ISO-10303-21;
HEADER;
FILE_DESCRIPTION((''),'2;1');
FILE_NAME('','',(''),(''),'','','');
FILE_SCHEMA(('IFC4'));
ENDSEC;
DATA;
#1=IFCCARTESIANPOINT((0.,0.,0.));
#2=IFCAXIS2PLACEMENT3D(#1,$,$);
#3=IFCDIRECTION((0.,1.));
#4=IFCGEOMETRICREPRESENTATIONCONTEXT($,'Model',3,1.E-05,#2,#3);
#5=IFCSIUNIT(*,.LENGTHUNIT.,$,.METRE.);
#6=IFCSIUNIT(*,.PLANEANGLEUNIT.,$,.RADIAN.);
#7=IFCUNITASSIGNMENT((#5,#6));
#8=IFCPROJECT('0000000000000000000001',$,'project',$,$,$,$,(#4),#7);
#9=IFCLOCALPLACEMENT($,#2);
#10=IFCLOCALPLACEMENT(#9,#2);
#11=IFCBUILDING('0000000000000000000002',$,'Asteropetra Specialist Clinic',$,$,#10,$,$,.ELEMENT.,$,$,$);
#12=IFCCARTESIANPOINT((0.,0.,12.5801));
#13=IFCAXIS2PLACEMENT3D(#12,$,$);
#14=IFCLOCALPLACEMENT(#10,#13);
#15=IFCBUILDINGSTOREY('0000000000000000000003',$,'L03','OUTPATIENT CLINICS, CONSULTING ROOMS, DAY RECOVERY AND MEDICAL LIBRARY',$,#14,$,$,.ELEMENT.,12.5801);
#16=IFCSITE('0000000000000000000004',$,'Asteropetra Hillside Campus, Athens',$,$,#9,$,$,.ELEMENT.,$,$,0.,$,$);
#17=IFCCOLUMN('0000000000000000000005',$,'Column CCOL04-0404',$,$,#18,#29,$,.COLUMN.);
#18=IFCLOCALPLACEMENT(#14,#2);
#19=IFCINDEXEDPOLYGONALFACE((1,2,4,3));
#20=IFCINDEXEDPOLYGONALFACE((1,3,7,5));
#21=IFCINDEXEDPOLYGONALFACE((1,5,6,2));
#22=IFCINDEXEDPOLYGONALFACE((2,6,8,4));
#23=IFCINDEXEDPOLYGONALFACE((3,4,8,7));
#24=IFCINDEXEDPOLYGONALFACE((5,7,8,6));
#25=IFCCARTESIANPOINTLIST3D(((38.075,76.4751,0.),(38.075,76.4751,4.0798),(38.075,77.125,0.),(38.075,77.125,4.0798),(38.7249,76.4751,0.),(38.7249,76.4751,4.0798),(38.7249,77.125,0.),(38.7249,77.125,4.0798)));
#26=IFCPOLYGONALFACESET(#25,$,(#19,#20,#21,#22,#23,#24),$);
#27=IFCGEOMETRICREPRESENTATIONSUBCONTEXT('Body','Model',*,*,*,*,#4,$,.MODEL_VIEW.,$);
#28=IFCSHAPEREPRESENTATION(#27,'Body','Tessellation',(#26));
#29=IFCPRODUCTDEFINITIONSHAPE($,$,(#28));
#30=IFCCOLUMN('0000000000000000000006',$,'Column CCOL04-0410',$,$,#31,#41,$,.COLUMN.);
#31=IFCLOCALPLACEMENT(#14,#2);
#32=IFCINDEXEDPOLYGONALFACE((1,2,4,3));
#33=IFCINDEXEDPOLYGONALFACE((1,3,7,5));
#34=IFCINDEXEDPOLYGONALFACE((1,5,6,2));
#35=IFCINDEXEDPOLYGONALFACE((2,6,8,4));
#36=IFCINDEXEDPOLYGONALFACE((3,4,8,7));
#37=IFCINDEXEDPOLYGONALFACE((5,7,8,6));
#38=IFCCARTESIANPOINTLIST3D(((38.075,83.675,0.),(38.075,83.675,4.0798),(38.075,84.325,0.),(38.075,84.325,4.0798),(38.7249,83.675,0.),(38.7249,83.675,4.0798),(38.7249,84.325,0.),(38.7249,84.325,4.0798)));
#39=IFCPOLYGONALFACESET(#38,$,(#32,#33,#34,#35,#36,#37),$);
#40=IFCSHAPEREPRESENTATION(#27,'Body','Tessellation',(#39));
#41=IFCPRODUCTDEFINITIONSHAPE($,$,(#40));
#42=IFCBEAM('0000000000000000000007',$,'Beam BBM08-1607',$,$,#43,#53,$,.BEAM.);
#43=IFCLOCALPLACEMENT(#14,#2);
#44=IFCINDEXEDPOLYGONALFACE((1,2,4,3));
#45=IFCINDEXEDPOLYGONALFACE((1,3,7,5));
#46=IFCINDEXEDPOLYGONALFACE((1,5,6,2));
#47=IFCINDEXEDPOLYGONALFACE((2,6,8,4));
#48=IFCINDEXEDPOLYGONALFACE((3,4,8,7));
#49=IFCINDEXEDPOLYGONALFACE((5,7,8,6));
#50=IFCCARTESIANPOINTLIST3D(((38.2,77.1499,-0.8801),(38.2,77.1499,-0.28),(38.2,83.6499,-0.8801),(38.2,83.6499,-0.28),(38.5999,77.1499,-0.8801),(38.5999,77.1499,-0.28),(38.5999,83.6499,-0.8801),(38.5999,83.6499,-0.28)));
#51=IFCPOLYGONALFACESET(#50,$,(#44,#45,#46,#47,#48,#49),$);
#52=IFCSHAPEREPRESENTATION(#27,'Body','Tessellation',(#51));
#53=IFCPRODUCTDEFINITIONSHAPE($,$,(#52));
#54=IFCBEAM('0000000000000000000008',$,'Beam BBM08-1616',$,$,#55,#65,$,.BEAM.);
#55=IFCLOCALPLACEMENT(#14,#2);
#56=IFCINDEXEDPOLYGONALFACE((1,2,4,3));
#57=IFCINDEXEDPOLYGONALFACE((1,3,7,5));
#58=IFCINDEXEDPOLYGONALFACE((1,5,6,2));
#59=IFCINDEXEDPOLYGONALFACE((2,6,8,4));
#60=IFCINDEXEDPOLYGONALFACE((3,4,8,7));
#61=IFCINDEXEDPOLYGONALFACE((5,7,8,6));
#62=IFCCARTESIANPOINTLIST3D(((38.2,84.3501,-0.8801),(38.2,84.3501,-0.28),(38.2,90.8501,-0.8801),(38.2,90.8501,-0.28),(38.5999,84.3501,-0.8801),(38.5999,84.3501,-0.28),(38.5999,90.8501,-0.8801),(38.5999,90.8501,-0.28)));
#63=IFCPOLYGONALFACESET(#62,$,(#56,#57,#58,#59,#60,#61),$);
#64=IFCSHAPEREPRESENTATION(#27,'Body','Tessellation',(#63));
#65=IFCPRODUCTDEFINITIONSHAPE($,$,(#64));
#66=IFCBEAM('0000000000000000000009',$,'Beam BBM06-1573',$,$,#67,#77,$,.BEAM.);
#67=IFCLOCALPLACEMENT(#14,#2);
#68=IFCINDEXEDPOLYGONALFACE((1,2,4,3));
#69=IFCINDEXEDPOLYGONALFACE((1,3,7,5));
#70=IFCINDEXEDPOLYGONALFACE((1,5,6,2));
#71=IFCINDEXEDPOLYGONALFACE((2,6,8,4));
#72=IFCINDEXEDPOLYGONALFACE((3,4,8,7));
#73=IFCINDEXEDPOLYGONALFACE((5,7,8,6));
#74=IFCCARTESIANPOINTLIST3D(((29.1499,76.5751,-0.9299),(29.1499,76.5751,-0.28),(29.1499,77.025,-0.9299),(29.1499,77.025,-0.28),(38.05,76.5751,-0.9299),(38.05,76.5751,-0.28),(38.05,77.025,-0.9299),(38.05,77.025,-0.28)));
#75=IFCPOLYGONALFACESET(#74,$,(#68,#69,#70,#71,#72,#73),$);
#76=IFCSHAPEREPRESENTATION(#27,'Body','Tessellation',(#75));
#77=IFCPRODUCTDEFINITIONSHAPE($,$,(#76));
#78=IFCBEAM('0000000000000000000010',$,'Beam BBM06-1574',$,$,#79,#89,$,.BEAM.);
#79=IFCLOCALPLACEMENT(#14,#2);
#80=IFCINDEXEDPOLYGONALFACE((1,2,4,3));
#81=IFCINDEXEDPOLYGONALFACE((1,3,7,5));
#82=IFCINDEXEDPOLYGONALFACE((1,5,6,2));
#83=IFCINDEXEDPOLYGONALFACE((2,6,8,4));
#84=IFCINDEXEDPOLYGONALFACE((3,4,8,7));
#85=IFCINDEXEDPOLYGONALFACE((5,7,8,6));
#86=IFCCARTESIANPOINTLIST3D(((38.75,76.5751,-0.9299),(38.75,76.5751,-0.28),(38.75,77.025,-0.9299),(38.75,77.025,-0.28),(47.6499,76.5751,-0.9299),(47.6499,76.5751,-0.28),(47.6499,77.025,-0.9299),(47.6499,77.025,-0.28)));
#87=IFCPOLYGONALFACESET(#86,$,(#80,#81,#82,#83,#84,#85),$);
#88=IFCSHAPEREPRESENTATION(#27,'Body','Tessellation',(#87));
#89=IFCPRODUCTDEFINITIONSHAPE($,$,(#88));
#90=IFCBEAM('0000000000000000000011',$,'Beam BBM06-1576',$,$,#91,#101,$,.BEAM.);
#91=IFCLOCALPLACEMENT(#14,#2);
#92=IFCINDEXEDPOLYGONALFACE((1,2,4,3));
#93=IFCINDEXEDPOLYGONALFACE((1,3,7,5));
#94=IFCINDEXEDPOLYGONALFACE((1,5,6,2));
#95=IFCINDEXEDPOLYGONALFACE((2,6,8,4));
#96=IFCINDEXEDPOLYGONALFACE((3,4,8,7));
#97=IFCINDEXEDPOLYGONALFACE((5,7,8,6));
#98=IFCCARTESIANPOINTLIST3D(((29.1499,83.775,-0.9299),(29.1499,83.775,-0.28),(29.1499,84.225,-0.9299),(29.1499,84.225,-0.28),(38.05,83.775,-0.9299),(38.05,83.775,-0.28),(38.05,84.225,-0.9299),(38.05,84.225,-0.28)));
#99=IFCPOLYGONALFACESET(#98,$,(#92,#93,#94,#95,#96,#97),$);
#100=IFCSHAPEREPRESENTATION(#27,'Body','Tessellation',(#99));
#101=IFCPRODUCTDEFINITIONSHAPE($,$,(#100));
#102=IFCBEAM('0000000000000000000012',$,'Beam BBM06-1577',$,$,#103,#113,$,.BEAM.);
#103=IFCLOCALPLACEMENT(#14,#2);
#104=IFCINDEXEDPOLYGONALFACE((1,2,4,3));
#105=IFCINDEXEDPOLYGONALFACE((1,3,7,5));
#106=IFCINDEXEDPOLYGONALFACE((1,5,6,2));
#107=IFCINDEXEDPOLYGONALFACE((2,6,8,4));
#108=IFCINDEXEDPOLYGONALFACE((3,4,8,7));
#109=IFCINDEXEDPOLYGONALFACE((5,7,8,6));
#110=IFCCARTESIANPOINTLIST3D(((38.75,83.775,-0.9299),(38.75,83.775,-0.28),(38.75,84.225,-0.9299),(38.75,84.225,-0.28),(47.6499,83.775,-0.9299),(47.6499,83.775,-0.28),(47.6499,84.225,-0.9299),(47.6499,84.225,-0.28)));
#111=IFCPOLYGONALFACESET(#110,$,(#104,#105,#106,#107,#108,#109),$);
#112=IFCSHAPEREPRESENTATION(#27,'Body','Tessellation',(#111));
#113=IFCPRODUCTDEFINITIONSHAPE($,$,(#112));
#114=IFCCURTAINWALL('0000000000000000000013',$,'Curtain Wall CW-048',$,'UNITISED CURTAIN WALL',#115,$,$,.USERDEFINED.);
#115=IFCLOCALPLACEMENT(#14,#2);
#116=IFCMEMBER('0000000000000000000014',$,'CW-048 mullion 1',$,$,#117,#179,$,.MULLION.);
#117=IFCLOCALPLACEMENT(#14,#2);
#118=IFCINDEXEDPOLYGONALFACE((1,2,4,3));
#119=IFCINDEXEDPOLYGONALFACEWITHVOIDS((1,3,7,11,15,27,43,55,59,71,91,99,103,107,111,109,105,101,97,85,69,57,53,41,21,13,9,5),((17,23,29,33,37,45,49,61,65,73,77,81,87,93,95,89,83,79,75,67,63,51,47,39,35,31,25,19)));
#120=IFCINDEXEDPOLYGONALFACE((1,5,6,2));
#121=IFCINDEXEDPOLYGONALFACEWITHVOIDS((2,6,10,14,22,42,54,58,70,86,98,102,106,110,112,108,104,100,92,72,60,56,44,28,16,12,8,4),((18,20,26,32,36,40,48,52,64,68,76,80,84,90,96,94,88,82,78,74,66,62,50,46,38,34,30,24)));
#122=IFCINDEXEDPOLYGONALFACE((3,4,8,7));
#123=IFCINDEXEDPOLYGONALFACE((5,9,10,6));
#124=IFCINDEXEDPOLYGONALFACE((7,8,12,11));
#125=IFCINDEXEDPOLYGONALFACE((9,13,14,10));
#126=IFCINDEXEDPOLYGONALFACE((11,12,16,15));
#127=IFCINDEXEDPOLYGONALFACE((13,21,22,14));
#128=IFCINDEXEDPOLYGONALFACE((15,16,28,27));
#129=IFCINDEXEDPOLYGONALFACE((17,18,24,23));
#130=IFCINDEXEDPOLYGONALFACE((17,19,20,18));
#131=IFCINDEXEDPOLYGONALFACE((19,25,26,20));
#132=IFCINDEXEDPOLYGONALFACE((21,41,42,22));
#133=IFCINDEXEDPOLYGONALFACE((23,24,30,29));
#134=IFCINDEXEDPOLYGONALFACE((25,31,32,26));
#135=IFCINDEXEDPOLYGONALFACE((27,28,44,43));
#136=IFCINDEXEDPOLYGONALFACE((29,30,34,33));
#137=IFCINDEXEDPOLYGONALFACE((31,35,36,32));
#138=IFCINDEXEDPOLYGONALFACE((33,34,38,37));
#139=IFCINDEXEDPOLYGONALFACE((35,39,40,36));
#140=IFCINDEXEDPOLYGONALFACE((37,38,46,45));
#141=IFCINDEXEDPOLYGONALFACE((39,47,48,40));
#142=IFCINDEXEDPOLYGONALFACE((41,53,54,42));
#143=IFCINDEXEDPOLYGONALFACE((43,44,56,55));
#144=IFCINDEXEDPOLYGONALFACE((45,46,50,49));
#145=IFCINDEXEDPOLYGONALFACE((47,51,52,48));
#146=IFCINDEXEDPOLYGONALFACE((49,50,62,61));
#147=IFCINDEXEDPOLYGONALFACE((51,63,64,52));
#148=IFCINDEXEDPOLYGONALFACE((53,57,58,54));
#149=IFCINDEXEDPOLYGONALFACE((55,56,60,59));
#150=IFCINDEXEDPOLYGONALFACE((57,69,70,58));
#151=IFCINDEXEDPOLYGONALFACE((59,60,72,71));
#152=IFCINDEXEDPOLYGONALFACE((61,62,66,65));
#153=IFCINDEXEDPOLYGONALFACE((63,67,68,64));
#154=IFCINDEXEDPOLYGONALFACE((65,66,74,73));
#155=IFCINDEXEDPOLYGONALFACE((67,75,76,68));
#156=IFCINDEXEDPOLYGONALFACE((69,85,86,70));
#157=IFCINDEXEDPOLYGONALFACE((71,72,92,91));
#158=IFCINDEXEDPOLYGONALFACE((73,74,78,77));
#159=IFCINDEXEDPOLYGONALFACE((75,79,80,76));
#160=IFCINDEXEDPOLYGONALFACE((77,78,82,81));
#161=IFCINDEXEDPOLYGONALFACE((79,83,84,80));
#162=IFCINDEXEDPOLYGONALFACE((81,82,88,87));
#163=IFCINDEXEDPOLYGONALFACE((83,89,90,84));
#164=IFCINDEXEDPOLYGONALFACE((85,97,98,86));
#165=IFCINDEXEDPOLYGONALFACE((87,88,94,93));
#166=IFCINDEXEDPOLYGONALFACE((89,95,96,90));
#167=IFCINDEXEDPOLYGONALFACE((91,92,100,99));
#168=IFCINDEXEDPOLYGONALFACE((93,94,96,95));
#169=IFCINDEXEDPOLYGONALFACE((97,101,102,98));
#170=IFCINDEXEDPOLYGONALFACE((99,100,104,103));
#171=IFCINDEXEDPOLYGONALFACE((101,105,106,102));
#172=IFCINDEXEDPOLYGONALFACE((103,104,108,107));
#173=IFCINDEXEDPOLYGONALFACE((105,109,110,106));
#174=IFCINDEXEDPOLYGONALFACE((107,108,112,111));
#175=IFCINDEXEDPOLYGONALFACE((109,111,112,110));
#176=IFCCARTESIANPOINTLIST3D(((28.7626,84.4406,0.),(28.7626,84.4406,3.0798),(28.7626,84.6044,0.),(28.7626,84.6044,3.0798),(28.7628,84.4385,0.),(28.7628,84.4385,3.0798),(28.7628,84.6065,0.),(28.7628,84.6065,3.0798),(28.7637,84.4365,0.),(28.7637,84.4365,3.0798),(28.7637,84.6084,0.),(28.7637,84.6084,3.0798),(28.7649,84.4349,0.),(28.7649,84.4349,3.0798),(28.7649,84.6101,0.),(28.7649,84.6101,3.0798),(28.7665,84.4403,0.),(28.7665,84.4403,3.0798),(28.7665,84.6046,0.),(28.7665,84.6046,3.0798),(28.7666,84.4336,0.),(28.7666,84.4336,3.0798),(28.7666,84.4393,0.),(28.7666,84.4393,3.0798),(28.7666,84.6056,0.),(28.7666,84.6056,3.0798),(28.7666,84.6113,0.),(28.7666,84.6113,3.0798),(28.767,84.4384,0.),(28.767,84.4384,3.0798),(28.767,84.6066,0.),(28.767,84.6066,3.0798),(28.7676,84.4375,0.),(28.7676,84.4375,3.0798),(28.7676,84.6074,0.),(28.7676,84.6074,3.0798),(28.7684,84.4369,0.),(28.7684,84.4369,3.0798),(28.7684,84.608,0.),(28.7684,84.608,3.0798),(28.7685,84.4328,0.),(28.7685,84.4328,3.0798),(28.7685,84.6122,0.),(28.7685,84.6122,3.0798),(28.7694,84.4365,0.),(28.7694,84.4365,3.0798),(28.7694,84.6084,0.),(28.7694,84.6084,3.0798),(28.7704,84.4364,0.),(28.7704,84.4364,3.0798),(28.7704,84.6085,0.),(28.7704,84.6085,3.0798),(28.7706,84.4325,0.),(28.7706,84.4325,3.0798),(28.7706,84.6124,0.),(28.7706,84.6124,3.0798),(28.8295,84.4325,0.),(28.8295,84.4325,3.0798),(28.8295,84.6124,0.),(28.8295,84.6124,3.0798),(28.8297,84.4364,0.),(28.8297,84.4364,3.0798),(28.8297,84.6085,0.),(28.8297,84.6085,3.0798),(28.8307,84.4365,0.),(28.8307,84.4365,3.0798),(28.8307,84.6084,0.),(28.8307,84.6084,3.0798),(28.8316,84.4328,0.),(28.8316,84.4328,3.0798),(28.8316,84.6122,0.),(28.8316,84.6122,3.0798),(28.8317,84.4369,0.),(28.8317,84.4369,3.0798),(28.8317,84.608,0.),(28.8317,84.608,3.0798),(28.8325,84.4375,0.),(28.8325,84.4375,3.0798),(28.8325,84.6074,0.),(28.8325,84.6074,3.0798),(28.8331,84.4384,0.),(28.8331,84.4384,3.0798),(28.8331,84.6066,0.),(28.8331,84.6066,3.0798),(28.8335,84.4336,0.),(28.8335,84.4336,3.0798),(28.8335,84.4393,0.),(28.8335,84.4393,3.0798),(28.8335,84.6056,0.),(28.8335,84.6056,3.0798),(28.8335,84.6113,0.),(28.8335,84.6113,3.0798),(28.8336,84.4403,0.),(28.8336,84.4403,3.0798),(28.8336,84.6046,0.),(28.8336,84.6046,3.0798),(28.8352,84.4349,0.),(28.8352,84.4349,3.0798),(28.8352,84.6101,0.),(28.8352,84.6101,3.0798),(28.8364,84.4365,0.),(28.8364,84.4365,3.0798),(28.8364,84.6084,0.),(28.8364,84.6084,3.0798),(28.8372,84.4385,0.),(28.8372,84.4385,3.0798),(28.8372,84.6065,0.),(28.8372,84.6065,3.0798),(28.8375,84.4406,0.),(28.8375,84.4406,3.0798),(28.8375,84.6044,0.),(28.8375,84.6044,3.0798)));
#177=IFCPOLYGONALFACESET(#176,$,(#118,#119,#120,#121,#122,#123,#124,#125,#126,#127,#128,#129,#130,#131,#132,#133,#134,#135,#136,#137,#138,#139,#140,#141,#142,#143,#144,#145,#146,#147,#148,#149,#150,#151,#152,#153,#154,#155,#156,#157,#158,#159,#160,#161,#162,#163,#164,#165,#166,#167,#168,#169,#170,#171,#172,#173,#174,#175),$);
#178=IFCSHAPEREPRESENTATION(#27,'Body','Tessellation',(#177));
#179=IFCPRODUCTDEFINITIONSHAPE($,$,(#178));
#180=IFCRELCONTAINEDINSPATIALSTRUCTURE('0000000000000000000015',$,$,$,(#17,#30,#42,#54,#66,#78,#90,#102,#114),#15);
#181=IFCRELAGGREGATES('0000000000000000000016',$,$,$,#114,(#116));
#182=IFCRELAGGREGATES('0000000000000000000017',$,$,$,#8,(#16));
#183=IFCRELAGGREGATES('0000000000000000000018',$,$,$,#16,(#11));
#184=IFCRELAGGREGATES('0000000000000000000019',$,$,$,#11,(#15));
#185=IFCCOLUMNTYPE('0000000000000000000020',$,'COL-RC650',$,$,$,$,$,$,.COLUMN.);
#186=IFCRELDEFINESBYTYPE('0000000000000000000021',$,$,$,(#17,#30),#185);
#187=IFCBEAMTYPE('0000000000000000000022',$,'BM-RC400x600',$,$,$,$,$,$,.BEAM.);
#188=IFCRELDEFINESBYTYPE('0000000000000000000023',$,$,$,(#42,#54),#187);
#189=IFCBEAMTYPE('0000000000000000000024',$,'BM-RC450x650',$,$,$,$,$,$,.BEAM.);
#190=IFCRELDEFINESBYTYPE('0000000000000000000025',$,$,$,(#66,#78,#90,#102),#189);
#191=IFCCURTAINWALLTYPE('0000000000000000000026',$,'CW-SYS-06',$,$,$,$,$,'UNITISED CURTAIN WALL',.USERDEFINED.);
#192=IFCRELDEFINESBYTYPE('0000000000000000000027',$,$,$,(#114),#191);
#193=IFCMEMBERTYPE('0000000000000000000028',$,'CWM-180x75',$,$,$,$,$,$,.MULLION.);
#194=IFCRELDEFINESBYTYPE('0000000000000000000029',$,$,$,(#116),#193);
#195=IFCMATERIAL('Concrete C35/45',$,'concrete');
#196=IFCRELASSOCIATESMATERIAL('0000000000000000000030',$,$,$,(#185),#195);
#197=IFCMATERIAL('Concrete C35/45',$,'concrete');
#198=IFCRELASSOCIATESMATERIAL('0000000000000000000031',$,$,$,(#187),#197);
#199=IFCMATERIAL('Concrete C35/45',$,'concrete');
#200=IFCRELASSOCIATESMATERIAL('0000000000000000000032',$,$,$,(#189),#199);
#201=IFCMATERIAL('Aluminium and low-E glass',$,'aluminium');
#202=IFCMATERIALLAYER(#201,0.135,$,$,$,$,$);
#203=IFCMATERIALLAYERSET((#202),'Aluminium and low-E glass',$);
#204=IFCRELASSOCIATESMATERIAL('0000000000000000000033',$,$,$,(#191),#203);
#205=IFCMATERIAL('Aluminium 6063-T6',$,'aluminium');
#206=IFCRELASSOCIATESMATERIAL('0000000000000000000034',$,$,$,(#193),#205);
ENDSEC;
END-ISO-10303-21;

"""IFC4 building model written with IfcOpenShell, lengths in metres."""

from ifc_helpers import new_model, si_unit, direction, frame, origin, origin_2d, place, context, subcontext, project, spatial, rectangle, hollow_rectangle, extrude, material, layer, layer_set, material_profile, profile_set, type_object, element, aggregate, save


model = new_model("IFC4")

# Units and contexts
model_context = context("Model", 3, precision=1e-05, world=origin(), true_north=direction((0.0, 1.0)))
body_context = subcontext(model_context, "Body", "Model", "MODEL_VIEW")
ifc_project = project(units=[si_unit("LENGTHUNIT", "METRE"), si_unit("PLANEANGLEUNIT", "RADIAN")], contexts=[model_context])

# Site, building, storey
site_placement = place(None, origin())
site = spatial("IfcSite", under=ifc_project, at=site_placement, Name="Asteropetra Hillside Campus, Athens", CompositionType="ELEMENT", RefElevation=0.0)
building_placement = place(site_placement, origin())
building = spatial("IfcBuilding", under=site, at=building_placement, Name="Asteropetra Specialist Clinic", CompositionType="ELEMENT")
storey_placement = place(building_placement, frame((0.0, 0.0, 12.5801)))
storey = spatial("IfcBuildingStorey", under=building, at=storey_placement, Name="L03", Description="OUTPATIENT CLINICS, CONSULTING ROOMS, DAY RECOVERY AND MEDICAL LIBRARY", CompositionType="ELEMENT", Elevation=12.5801)

# Columns
ifc_material_1 = material(Name="Concrete C35/45", Category="concrete")
ifc_material_profile_1 = material_profile(ifc_material_1, rectangle(XDim=0.6499, YDim=0.6499, at=origin_2d()), Name="RC 650x650")
ifc_profile_set_1 = profile_set([ifc_material_profile_1], Name="Concrete C35/45")
column_type = type_object("IfcColumnType", Name="COL-RC650", PredefinedType="COLUMN", material=ifc_profile_set_1)
for number, where, z_axis, x_axis, name in (
    (1, (38.3999, 76.8, 0.0), (0.0, 0.0, 1.0), (1.0, 0.0, 0.0), "Column CCOL04-0404"),
    (2, (38.3999, 84.0, 0.0), (0.0, 0.0, 1.0), (1.0, 0.0, 0.0), "Column CCOL04-0410"),
):
    element("IfcColumn", number, at=place(storey_placement, frame(where, z_axis=z_axis, x_axis=x_axis)), inside=storey, type_object=column_type, Name=name, PredefinedType="COLUMN", context=body_context, shape_type="SweptSolid", body=[
        extrude(rectangle(XDim=0.6499, YDim=0.6499, at=origin_2d()), origin(), (0.0, 0.0, 1.0), 4.0798),
    ])

# Beams
ifc_material_2 = material(Name="Concrete C35/45", Category="concrete")
ifc_material_profile_2 = material_profile(ifc_material_2, rectangle(XDim=0.3999, YDim=0.6001, at=origin_2d()), Name="RCB 400x600")
ifc_profile_set_2 = profile_set([ifc_material_profile_2], Name="Concrete C35/45")
beam_type_1 = type_object("IfcBeamType", Name="BM-RC400x600", PredefinedType="BEAM", material=ifc_profile_set_2)
for number, where, z_axis, x_axis, name in (
    (3, (38.3999, 77.1499, -0.5801), (0.0, 1.0, 0.0), (-1.0, 0.0, 0.0), "Beam BBM08-1607"),
    (4, (38.3999, 84.3501, -0.5801), (0.0, 1.0, 0.0), (-1.0, 0.0, 0.0), "Beam BBM08-1616"),
):
    element("IfcBeam", number, at=place(storey_placement, frame(where, z_axis=z_axis, x_axis=x_axis)), inside=storey, type_object=beam_type_1, Name=name, PredefinedType="BEAM", context=body_context, shape_type="SweptSolid", body=[
        extrude(rectangle(XDim=0.3999, YDim=0.6001, at=origin_2d()), origin(), (0.0, 0.0, 1.0), 6.5),
    ])
ifc_material_3 = material(Name="Concrete C35/45", Category="concrete")
ifc_material_profile_3 = material_profile(ifc_material_3, rectangle(XDim=0.45, YDim=0.6499, at=origin_2d()), Name="RCB 450x650")
ifc_profile_set_3 = profile_set([ifc_material_profile_3], Name="Concrete C35/45")
beam_type_2 = type_object("IfcBeamType", Name="BM-RC450x650", PredefinedType="BEAM", material=ifc_profile_set_3)
beam_1_placement = place(storey_placement, frame((29.1499, 76.8, -0.605), z_axis=(1.0, 0.0, 0.0), x_axis=(0.0, 1.0, 0.0)))
element("IfcBeam", 5, at=beam_1_placement, inside=storey, type_object=beam_type_2, Name="Beam BBM06-1573", PredefinedType="BEAM", context=body_context, shape_type="SweptSolid", body=[
    extrude(rectangle(XDim=0.45, YDim=0.6499, at=origin_2d()), origin(), (0.0, 0.0, 1.0), 8.9001),
])
beam_2_placement = place(storey_placement, frame((38.75, 76.8, -0.605), z_axis=(1.0, 0.0, 0.0), x_axis=(0.0, 1.0, 0.0)))
element("IfcBeam", 6, at=beam_2_placement, inside=storey, type_object=beam_type_2, Name="Beam BBM06-1574", PredefinedType="BEAM", context=body_context, shape_type="SweptSolid", body=[
    extrude(rectangle(XDim=0.45, YDim=0.6499, at=origin_2d()), origin(), (0.0, 0.0, 1.0), 8.8999),
])
beam_3_placement = place(storey_placement, frame((29.1499, 84.0, -0.605), z_axis=(1.0, 0.0, 0.0), x_axis=(0.0, 1.0, 0.0)))
element("IfcBeam", 7, at=beam_3_placement, inside=storey, type_object=beam_type_2, Name="Beam BBM06-1576", PredefinedType="BEAM", context=body_context, shape_type="SweptSolid", body=[
    extrude(rectangle(XDim=0.45, YDim=0.6499, at=origin_2d()), origin(), (0.0, 0.0, 1.0), 8.9001),
])
beam_4_placement = place(storey_placement, frame((38.75, 84.0, -0.605), z_axis=(1.0, 0.0, 0.0), x_axis=(0.0, 1.0, 0.0)))
element("IfcBeam", 8, at=beam_4_placement, inside=storey, type_object=beam_type_2, Name="Beam BBM06-1577", PredefinedType="BEAM", context=body_context, shape_type="SweptSolid", body=[
    extrude(rectangle(XDim=0.45, YDim=0.6499, at=origin_2d()), origin(), (0.0, 0.0, 1.0), 8.8999),
])

# Curtain wall, member
ifc_material_4 = material(Name="Aluminium and low-E glass", Category="aluminium")
ifc_layer_1 = layer(ifc_material_4, 0.135)
ifc_layer_set_1 = layer_set([ifc_layer_1], Name="Aluminium and low-E glass")
curtain_wall_type = type_object("IfcCurtainWallType", Name="CW-SYS-06", ElementType="UNITISED CURTAIN WALL", PredefinedType="USERDEFINED", material=ifc_layer_set_1)
curtain_wall_placement = place(storey_placement, origin())
curtain_wall = element("IfcCurtainWall", 9, at=curtain_wall_placement, inside=storey, type_object=curtain_wall_type, Name="Curtain Wall CW-048", ObjectType="UNITISED CURTAIN WALL", PredefinedType="USERDEFINED")
ifc_material_5 = material(Name="Aluminium 6063-T6", Category="aluminium")
ifc_material_profile_4 = material_profile(ifc_material_5, hollow_rectangle(XDim=0.075, YDim=0.1799, WallThickness=0.0039, InnerFilletRadius=0.0039, OuterFilletRadius=0.0081, at=origin_2d()), Name="MUL 180x75x4.0")
ifc_profile_set_4 = profile_set([ifc_material_profile_4], Name="Aluminium 6063-T6")
member_type_1 = type_object("IfcMemberType", Name="CWM-180x75", PredefinedType="MULLION", material=ifc_profile_set_4)
member_1_placement = place(storey_placement, frame((28.8, 84.5225, 0.0), z_axis=(0.0, 0.0, 1.0), x_axis=(-1.0, 0.0, 0.0)))
member_1 = element("IfcMember", 10, at=member_1_placement, type_object=member_type_1, Name="CW-048 mullion 1", PredefinedType="MULLION", context=body_context, shape_type="SweptSolid", body=[
    extrude(hollow_rectangle(XDim=0.075, YDim=0.1799, WallThickness=0.0039, InnerFilletRadius=0.0039, OuterFilletRadius=0.0081, at=origin_2d()), origin(), (0.0, 0.0, 1.0), 3.0798),
])

aggregate(curtain_wall, [member_1])

save(model, "model.ifc")
